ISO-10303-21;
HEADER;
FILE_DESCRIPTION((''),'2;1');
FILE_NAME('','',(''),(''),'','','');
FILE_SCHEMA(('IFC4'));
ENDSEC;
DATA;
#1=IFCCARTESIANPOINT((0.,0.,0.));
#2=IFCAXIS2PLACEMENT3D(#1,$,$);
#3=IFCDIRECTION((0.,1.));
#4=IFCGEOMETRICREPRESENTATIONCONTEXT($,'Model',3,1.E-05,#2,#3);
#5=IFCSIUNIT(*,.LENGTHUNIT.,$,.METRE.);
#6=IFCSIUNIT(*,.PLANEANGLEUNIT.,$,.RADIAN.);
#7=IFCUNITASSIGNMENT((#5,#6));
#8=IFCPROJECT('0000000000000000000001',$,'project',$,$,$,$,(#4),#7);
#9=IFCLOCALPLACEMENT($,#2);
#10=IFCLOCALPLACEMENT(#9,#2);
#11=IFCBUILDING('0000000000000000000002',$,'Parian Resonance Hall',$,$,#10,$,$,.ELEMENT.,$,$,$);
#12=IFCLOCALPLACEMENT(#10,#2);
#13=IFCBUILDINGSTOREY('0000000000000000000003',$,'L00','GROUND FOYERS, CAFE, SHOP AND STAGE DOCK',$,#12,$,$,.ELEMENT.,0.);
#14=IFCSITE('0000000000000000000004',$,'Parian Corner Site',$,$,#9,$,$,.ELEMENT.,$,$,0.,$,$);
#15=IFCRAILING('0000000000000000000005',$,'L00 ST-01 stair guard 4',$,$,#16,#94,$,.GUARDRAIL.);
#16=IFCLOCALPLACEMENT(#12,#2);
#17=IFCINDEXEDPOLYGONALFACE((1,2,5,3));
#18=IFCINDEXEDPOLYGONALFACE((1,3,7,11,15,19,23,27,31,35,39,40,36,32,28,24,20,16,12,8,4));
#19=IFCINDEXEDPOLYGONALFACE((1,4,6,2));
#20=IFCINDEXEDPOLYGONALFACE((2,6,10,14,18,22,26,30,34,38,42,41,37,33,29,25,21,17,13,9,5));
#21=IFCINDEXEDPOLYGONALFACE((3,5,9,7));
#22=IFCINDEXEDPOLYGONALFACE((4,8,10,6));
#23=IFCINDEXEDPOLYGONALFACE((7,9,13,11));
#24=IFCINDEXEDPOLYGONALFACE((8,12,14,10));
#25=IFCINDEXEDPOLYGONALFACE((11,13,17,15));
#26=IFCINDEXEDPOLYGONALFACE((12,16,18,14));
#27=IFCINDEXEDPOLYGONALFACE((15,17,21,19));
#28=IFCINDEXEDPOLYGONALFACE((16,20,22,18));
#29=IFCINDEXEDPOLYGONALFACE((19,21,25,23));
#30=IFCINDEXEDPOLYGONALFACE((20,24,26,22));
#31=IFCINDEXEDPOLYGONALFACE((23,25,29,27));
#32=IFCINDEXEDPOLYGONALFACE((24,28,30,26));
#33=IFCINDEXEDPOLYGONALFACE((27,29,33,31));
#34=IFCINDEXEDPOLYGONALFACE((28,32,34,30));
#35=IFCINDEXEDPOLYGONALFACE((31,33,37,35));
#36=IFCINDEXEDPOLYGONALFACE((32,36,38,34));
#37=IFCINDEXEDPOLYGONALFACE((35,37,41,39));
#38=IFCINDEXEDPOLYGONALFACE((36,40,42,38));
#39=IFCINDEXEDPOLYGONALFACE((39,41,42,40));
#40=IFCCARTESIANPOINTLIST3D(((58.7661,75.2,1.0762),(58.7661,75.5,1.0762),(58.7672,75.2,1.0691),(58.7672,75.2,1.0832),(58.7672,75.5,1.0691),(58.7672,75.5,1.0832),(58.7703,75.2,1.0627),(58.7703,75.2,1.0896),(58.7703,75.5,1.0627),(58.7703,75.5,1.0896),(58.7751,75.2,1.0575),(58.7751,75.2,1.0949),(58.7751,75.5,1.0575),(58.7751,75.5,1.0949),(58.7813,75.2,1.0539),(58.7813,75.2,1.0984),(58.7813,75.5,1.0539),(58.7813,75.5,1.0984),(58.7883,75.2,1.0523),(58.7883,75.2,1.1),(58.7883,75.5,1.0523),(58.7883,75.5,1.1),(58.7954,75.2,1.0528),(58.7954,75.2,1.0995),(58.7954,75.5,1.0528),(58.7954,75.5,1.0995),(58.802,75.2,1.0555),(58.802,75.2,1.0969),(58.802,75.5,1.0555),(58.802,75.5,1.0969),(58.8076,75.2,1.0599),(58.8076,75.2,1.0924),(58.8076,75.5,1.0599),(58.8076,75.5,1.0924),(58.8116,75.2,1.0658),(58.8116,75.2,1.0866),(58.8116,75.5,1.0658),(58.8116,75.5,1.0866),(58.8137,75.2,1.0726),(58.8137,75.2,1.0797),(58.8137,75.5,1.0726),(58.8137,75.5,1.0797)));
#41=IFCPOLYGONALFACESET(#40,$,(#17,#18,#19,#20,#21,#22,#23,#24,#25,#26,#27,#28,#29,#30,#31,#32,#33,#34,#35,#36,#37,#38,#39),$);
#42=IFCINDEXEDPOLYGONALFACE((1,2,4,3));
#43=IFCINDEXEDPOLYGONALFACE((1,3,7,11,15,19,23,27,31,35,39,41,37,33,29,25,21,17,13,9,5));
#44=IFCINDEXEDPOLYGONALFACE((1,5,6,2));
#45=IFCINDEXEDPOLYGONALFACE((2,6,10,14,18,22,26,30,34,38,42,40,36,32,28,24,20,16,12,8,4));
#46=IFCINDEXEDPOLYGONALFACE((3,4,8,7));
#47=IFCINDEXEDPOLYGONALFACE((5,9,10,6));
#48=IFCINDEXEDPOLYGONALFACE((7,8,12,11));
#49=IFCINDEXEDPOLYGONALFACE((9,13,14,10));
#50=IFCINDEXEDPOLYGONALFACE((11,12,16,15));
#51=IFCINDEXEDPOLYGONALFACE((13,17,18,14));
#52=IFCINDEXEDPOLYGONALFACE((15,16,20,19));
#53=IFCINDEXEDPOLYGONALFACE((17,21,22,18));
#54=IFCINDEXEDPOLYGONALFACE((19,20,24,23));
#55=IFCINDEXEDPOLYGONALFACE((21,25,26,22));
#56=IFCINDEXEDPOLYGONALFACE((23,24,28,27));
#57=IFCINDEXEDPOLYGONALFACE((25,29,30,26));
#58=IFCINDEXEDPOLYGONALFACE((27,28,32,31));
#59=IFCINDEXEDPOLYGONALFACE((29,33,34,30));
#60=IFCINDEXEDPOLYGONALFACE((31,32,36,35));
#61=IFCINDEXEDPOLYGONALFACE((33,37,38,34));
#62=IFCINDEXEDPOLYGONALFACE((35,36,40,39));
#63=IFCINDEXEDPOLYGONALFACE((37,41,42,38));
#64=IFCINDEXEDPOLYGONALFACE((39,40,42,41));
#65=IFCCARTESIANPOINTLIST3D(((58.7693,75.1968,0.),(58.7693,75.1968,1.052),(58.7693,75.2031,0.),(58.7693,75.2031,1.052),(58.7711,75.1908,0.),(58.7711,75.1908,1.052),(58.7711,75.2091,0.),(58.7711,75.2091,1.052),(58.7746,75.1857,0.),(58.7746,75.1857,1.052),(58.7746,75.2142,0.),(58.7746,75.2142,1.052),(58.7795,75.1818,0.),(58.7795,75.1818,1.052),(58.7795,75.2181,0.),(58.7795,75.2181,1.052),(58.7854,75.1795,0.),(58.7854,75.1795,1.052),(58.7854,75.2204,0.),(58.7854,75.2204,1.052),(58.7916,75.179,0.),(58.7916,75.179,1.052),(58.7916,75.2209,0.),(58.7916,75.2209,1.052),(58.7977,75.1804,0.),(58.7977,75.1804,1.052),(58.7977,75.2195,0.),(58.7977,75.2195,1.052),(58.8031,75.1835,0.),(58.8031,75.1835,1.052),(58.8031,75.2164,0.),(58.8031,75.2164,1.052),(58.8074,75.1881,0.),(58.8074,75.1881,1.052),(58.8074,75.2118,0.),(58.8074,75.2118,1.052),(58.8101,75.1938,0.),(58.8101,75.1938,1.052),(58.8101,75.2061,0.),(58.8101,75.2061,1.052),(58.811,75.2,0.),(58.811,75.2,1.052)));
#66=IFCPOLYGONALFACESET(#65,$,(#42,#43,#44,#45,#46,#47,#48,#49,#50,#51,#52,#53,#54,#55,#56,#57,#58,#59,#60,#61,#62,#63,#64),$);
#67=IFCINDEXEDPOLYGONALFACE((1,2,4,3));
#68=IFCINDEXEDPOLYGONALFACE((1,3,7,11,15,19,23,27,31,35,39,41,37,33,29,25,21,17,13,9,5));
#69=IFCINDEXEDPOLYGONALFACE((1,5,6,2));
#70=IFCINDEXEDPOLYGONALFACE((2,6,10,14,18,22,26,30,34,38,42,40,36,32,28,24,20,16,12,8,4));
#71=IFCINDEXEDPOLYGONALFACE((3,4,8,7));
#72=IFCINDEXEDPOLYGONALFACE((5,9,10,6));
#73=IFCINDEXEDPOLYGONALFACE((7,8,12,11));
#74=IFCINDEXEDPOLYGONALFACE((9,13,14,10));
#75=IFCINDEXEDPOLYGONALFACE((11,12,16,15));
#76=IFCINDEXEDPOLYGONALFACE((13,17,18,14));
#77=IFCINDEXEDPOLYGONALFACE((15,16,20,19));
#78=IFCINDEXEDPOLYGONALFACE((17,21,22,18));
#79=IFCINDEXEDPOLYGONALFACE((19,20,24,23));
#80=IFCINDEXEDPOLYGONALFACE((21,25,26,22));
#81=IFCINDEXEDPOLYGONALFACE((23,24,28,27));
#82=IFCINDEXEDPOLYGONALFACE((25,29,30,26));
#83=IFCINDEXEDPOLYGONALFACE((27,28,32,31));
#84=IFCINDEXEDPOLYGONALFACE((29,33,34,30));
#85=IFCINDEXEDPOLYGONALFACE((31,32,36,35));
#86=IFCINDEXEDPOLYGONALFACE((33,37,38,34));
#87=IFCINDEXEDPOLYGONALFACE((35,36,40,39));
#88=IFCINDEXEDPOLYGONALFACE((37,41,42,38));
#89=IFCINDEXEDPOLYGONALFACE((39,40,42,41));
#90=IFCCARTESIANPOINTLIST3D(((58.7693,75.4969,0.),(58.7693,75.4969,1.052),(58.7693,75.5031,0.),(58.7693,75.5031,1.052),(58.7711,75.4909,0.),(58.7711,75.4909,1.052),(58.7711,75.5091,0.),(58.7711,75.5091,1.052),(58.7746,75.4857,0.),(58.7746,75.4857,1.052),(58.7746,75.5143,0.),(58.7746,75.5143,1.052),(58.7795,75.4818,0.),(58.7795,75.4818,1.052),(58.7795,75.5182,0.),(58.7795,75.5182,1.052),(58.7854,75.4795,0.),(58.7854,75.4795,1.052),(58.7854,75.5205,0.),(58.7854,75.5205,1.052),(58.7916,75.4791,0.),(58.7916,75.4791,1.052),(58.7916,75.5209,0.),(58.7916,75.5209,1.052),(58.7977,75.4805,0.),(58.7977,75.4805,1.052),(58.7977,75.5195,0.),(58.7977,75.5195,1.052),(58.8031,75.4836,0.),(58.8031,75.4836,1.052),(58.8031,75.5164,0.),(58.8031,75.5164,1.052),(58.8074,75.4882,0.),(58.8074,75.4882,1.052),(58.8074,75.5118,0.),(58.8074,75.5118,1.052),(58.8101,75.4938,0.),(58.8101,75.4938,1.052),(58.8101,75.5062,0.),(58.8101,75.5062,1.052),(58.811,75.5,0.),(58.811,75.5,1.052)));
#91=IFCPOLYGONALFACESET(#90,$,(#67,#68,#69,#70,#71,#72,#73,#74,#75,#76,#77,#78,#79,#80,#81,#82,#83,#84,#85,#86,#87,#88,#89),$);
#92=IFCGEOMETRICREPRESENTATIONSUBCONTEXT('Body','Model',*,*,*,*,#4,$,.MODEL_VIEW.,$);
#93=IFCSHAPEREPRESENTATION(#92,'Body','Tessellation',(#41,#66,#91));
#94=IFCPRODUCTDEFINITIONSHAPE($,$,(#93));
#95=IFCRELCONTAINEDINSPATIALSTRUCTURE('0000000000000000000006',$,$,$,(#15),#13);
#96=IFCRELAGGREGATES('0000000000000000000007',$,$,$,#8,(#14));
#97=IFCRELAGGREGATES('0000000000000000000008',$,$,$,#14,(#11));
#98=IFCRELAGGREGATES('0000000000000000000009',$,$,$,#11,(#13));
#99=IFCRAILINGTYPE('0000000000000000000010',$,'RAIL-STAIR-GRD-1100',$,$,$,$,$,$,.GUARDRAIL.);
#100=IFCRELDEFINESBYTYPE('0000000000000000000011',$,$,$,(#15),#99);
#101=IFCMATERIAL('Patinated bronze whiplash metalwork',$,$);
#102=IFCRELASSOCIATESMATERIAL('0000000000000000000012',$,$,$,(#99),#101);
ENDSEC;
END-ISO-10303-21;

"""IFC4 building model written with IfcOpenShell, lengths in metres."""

from ifc_helpers import new_model, si_unit, direction, frame, origin, origin_2d, place, context, subcontext, project, spatial, circle, extrude, material, type_object, element, save


model = new_model("IFC4")

# Units and contexts
model_context = context("Model", 3, precision=1e-05, world=origin(), true_north=direction((0.0, 1.0)))
body_context = subcontext(model_context, "Body", "Model", "MODEL_VIEW")
ifc_project = project(units=[si_unit("LENGTHUNIT", "METRE"), si_unit("PLANEANGLEUNIT", "RADIAN")], contexts=[model_context])

# Site, building, storey
site_placement = place(None, origin())
site = spatial("IfcSite", under=ifc_project, at=site_placement, Name="Parian Corner Site", CompositionType="ELEMENT", RefElevation=0.0)
building_placement = place(site_placement, origin())
building = spatial("IfcBuilding", under=site, at=building_placement, Name="Parian Resonance Hall", CompositionType="ELEMENT")
storey_placement = place(building_placement, origin())
storey = spatial("IfcBuildingStorey", under=building, at=storey_placement, Name="L00", Description="GROUND FOYERS, CAFE, SHOP AND STAGE DOCK", CompositionType="ELEMENT", Elevation=0.0)

# Railing
ifc_material_1 = material(Name="Patinated bronze whiplash metalwork")
railing_type_1 = type_object("IfcRailingType", Name="RAIL-STAIR-GRD-1100", PredefinedType="GUARDRAIL", material=ifc_material_1)
railing_1_placement = place(storey_placement, frame((58.79, 75.2, 0.0)))
element("IfcRailing", 1, at=railing_1_placement, inside=storey, type_object=railing_type_1, Name="L00 ST-01 stair guard 4", PredefinedType="GUARDRAIL", context=body_context, shape_type="SweptSolid", body=[
    extrude(circle(Radius=0.0239, at=origin_2d()), frame((0.0, 0.0, 1.0762), z_axis=(0.0, 1.0, 0.0), x_axis=(-1.0, 0.0, 0.0)), (0.0, 0.0, 1.0), 0.3),
    extrude(circle(Radius=0.021, at=origin_2d()), origin(), (0.0, 0.0, 1.0), 1.052),
    extrude(circle(Radius=0.021, at=origin_2d()), frame((0.0, 0.3, 0.0)), (0.0, 0.0, 1.0), 1.052),
])

save(model, "model.ifc")
